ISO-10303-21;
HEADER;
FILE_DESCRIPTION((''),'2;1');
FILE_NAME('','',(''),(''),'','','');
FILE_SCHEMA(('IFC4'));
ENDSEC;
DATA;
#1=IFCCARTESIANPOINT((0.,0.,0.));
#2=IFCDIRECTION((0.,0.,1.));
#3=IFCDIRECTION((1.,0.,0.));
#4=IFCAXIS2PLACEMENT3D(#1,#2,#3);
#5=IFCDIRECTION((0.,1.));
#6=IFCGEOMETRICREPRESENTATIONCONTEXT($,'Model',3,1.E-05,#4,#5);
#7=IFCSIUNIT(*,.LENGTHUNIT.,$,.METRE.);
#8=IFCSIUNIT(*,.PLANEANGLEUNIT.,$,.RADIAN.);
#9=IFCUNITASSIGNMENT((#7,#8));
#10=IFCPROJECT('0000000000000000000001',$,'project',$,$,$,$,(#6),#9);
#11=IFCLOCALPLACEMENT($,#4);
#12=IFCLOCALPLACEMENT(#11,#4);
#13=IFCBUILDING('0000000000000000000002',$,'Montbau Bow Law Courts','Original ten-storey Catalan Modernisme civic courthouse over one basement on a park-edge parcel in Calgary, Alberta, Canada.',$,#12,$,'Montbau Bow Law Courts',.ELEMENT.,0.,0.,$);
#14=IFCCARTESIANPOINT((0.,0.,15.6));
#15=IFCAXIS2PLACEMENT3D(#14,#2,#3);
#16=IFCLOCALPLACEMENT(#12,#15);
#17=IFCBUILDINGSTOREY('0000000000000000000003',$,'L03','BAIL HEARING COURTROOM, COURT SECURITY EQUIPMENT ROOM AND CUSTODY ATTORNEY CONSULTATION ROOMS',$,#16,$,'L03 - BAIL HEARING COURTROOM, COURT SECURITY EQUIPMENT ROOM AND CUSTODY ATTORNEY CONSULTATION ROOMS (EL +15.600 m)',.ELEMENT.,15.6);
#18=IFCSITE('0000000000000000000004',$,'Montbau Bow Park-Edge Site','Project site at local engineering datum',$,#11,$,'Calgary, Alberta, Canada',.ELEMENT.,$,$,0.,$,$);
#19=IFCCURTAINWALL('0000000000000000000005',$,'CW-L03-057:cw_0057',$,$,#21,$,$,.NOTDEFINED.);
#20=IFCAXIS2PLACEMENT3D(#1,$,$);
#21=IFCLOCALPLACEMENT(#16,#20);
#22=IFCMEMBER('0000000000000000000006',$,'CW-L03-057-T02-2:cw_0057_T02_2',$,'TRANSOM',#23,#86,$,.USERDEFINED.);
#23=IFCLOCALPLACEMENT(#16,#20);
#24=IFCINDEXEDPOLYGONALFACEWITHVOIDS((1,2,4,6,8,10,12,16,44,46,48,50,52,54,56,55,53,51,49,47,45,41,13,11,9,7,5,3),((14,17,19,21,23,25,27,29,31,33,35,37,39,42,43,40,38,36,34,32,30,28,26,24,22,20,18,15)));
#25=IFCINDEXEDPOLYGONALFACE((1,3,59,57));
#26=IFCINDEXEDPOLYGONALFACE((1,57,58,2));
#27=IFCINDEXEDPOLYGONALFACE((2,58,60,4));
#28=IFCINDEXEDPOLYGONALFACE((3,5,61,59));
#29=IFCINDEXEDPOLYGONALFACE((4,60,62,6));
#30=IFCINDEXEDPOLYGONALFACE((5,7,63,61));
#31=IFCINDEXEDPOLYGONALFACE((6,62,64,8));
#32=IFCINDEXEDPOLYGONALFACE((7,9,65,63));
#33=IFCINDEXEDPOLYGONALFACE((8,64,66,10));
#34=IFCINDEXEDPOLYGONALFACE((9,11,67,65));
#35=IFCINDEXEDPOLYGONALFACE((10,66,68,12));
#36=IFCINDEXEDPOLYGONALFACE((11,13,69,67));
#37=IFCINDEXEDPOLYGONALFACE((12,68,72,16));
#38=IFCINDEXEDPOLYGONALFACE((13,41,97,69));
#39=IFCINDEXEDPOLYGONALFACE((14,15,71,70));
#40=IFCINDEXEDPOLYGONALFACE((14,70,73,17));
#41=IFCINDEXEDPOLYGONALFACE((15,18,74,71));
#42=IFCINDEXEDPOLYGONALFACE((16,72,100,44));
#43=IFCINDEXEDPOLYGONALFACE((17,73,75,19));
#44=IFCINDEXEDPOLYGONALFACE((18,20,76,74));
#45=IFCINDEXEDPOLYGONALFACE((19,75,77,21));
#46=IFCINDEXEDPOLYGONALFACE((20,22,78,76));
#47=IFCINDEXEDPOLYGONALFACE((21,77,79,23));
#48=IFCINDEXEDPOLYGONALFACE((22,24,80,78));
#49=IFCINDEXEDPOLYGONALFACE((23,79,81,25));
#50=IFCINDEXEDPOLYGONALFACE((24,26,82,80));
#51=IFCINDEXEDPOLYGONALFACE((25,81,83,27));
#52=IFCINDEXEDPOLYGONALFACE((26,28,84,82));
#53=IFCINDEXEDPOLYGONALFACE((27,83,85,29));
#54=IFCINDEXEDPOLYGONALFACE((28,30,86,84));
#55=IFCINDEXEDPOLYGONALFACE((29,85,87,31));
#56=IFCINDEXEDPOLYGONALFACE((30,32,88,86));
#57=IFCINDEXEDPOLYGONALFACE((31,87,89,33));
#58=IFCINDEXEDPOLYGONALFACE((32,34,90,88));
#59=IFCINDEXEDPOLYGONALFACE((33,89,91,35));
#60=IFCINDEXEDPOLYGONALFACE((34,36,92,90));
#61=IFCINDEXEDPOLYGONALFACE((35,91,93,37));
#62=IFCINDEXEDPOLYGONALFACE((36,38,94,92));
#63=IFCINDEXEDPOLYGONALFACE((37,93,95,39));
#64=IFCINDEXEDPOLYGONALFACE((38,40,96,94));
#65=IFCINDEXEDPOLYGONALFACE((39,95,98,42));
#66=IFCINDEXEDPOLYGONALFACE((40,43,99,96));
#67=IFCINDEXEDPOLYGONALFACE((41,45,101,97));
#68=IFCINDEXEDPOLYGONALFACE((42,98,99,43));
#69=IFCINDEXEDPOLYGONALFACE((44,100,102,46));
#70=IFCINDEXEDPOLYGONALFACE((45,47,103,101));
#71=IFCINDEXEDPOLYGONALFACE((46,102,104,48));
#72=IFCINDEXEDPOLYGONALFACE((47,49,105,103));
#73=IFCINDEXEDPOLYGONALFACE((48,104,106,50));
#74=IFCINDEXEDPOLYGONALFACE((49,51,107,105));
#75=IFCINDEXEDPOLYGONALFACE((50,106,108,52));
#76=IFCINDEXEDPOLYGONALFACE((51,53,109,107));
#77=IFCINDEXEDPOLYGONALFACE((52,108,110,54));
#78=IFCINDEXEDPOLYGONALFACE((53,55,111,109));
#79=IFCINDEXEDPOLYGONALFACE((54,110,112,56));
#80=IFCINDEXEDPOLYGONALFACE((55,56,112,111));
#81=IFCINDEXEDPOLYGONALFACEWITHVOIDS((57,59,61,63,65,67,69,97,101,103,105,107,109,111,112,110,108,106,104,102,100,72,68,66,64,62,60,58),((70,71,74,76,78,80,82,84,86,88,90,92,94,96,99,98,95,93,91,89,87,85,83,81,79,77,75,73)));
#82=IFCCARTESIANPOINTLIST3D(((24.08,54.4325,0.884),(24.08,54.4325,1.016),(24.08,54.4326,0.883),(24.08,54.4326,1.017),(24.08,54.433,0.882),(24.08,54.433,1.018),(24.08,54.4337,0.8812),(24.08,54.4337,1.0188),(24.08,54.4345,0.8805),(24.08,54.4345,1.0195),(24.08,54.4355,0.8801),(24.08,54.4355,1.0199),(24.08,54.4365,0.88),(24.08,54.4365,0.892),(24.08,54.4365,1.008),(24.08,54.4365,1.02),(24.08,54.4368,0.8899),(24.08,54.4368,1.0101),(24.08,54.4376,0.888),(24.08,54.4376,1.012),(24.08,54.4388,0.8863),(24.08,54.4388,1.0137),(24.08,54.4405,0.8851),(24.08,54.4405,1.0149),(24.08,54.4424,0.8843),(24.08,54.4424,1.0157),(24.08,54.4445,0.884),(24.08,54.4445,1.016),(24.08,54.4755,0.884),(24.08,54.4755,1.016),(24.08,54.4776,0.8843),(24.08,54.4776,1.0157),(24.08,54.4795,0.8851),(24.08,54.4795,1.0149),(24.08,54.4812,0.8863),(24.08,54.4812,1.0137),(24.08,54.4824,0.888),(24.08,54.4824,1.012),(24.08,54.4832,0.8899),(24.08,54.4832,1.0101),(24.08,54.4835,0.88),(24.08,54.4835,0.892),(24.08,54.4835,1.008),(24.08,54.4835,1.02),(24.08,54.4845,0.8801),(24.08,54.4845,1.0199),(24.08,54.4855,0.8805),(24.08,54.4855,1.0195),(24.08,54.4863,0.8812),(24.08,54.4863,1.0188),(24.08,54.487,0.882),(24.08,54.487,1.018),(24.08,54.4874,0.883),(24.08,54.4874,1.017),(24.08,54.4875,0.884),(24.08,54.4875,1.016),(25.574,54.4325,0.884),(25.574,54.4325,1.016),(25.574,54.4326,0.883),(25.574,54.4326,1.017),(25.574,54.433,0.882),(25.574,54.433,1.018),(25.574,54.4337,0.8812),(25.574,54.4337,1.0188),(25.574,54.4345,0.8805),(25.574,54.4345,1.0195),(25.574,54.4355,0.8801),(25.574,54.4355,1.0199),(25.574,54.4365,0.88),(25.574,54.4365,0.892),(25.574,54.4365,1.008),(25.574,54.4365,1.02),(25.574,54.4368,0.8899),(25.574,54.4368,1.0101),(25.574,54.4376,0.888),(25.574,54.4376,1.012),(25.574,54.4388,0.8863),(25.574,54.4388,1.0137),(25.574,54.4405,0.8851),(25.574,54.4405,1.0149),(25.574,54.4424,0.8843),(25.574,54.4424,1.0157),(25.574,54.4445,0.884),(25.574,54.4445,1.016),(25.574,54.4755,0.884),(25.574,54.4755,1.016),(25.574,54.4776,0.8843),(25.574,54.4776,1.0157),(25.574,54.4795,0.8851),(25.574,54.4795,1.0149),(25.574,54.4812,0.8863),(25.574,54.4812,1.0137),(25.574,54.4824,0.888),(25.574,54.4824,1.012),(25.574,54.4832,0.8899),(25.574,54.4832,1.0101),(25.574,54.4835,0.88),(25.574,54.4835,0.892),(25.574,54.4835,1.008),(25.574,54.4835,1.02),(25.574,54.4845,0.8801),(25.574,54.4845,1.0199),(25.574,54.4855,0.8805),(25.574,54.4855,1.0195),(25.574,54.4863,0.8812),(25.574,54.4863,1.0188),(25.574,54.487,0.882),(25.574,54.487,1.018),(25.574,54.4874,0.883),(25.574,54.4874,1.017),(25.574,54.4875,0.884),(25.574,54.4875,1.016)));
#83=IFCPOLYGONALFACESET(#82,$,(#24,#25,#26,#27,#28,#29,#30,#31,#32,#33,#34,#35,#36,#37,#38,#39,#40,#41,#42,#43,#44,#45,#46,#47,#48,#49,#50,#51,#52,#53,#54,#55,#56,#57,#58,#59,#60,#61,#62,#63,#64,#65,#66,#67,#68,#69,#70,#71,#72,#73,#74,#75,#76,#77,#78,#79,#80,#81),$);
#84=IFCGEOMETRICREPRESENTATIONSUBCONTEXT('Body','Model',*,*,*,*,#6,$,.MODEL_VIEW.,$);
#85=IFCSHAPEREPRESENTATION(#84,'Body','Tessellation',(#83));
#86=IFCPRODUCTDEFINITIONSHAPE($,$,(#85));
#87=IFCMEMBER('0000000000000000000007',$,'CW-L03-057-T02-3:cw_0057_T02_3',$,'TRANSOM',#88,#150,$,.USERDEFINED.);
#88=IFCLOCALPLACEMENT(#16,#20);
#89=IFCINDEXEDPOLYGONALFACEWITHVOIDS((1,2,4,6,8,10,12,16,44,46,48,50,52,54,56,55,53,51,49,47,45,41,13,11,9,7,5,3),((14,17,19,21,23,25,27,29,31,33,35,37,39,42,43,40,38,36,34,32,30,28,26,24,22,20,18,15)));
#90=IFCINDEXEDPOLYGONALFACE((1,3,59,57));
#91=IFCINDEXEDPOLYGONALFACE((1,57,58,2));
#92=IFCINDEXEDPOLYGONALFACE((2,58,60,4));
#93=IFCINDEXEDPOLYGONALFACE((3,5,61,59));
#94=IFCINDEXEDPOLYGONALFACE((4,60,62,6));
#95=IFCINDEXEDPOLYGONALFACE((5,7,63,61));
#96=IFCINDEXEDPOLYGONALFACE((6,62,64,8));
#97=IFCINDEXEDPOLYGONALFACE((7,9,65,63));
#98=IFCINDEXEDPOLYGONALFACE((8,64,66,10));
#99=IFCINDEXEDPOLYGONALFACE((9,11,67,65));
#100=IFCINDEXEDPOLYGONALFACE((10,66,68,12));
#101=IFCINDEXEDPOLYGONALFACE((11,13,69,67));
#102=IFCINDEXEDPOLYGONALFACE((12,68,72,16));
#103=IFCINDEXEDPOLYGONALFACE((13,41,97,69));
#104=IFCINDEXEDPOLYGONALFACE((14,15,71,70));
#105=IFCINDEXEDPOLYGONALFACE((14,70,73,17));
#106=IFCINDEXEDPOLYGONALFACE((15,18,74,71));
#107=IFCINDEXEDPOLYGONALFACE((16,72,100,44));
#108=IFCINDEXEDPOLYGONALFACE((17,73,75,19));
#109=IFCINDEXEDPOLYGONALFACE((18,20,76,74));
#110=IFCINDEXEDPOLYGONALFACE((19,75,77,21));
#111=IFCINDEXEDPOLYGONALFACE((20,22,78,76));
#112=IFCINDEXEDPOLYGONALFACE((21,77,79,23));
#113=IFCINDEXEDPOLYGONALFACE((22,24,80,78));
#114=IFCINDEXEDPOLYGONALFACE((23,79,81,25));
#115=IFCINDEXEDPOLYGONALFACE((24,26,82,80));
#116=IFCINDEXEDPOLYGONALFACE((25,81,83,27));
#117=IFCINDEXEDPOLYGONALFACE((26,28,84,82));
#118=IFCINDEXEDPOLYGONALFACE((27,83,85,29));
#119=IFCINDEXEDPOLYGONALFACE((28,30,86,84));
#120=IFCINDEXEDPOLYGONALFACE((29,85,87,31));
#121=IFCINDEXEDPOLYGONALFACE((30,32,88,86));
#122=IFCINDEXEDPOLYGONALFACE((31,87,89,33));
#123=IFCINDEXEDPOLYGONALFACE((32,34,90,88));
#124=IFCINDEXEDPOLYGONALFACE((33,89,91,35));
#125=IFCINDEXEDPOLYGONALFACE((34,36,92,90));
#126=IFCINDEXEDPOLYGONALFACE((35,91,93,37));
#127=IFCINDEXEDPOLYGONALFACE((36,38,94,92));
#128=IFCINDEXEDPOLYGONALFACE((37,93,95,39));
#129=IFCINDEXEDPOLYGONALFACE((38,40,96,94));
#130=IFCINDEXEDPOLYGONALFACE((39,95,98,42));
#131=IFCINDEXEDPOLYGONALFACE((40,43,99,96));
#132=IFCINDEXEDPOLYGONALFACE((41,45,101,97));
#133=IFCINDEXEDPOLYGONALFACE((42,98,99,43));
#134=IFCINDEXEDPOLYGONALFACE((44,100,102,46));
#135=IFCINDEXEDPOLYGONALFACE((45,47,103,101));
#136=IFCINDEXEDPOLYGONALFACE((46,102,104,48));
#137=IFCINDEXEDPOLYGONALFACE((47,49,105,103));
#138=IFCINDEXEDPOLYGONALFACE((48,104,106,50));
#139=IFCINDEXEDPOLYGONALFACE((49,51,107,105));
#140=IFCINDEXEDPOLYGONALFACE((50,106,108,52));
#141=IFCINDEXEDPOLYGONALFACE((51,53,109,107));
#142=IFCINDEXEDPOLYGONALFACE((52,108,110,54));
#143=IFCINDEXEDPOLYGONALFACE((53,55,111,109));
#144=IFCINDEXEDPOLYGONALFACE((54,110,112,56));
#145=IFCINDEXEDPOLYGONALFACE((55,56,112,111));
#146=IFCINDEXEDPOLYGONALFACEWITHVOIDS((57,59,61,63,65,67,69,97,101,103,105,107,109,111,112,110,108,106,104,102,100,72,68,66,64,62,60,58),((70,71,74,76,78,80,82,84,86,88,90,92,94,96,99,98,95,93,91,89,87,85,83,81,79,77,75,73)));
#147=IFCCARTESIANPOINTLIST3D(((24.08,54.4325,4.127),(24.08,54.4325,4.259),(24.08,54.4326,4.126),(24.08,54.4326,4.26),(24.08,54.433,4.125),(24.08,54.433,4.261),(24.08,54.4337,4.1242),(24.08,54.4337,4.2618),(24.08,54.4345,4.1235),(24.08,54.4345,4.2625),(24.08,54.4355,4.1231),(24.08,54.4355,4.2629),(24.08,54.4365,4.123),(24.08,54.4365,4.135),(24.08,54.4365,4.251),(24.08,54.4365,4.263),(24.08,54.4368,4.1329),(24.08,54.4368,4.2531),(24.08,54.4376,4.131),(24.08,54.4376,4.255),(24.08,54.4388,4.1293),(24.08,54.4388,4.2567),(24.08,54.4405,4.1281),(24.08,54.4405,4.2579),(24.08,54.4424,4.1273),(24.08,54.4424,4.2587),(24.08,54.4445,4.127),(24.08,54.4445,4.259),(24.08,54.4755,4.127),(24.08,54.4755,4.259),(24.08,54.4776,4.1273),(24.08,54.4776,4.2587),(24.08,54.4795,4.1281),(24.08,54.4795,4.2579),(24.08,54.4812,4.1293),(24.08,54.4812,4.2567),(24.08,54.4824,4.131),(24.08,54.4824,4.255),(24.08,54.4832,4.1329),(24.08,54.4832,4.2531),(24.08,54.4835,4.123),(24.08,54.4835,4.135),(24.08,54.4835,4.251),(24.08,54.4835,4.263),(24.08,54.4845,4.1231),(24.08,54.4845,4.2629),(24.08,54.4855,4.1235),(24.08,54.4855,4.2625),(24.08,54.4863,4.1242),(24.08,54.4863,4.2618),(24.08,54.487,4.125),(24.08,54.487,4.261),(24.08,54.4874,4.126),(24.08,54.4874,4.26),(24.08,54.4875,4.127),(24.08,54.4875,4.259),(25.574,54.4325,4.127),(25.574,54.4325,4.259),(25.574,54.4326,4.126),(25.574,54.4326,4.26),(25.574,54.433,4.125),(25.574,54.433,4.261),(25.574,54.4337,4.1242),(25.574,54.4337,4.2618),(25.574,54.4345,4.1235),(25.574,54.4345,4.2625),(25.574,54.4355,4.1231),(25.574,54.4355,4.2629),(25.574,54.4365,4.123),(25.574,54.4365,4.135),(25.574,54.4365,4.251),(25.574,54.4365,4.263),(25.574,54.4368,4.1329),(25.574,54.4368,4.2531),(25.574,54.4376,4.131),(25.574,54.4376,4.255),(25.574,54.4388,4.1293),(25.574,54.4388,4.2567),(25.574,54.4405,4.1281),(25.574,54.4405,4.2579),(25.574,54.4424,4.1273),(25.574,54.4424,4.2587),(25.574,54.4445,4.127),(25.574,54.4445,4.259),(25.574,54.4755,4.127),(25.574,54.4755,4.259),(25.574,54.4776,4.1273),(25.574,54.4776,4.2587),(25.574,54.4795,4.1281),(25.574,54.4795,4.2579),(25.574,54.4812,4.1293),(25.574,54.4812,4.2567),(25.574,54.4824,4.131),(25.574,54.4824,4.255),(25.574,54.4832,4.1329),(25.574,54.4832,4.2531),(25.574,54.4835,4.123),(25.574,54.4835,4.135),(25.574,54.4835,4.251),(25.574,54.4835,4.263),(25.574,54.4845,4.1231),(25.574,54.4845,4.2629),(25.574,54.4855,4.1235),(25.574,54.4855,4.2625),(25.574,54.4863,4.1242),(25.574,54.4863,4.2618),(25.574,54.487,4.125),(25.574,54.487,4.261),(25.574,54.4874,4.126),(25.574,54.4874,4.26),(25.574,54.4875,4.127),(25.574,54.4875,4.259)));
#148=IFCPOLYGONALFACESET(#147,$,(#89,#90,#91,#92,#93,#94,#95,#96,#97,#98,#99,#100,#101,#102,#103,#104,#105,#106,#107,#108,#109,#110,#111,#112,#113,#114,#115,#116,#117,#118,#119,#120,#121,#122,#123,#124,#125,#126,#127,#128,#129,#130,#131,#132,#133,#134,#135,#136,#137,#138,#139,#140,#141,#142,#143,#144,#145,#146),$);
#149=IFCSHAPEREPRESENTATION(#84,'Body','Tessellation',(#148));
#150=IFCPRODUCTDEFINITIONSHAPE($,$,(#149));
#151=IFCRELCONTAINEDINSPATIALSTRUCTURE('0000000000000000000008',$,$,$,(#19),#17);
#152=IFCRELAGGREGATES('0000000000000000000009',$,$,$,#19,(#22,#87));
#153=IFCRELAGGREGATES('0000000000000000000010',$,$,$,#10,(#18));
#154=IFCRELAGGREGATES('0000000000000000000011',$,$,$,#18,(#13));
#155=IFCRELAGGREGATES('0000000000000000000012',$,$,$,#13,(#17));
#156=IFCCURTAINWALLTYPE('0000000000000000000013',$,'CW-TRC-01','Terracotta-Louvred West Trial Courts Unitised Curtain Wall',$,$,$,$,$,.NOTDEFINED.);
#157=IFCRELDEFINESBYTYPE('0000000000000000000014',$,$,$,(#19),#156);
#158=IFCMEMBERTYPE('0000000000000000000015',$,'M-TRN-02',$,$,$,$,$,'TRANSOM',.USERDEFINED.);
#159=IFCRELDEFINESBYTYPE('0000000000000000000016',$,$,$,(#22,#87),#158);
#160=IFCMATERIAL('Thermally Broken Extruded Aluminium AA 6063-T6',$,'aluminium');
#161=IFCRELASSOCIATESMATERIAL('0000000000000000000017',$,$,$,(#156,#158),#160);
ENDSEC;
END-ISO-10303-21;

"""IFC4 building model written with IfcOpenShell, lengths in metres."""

from ifc_helpers import new_model, si_unit, direction, frame, origin_with_axes, origin_2d_with_axis, place, context, subcontext, project, spatial, hollow_rectangle, extrude, material, material_profile, profile_set, type_object, element, aggregate, save


model = new_model("IFC4")

# Units and contexts
model_context = context("Model", 3, precision=1e-05, world=origin_with_axes(), true_north=direction((0.0, 1.0)))
body_context = subcontext(model_context, "Body", "Model", "MODEL_VIEW")
ifc_project = project(units=[si_unit("LENGTHUNIT", "METRE"), si_unit("PLANEANGLEUNIT", "RADIAN")], contexts=[model_context])

# Site, building, storey
site_placement = place(None, origin_with_axes())
site = spatial("IfcSite", under=ifc_project, at=site_placement, Name="Montbau Bow Park-Edge Site", Description="Project site at local engineering datum", LongName="Calgary, Alberta, Canada", CompositionType="ELEMENT", RefElevation=0.0)
building_placement = place(site_placement, origin_with_axes())
building = spatial("IfcBuilding", under=site, at=building_placement, Name="Montbau Bow Law Courts", Description="Original ten-storey Catalan Modernisme civic courthouse over one basement on a park-edge parcel in Calgary, Alberta, Canada.", LongName="Montbau Bow Law Courts", CompositionType="ELEMENT", ElevationOfRefHeight=0.0, ElevationOfTerrain=0.0)
storey_placement = place(building_placement, frame((0.0, 0.0, 15.6), z_axis=(0.0, 0.0, 1.0), x_axis=(1.0, 0.0, 0.0)))
storey = spatial("IfcBuildingStorey", under=building, at=storey_placement, Name="L03", Description="BAIL HEARING COURTROOM, COURT SECURITY EQUIPMENT ROOM AND CUSTODY ATTORNEY CONSULTATION ROOMS", LongName="L03 - BAIL HEARING COURTROOM, COURT SECURITY EQUIPMENT ROOM AND CUSTODY ATTORNEY CONSULTATION ROOMS (EL +15.600 m)", CompositionType="ELEMENT", Elevation=15.6)

# Curtain wall
ifc_material_1 = material(Name="Thermally Broken Extruded Aluminium AA 6063-T6", Category="aluminium")
curtain_wall_type = type_object("IfcCurtainWallType", Name="CW-TRC-01", Description="Terracotta-Louvred West Trial Courts Unitised Curtain Wall", PredefinedType="NOTDEFINED", material=ifc_material_1)
curtain_wall_1_placement = place(None, frame((22.467, 54.46, 15.6), z_axis=(0.0, 0.0, 1.0), x_axis=(1.0, 0.0, 0.0)))
curtain_wall_1 = element("IfcCurtainWall", 1, at=curtain_wall_1_placement, inside=storey, type_object=curtain_wall_type, Name="CW-L03-057:cw_0057", PredefinedType="NOTDEFINED")

# Members
ifc_material_profile_1 = material_profile(ifc_material_1, hollow_rectangle(XDim=0.055, YDim=0.14, WallThickness=0.004, InnerFilletRadius=0.008, OuterFilletRadius=0.004, at=origin_2d_with_axis()), Name="CWT-140X55", Category="Main", Priority=0)
ifc_profile_set_1 = profile_set([ifc_material_profile_1], Name="Thermally Broken Extruded Aluminium AA 6063-T6")
member_type_1 = type_object("IfcMemberType", Name="M-TRN-02", ElementType="TRANSOM", PredefinedType="USERDEFINED", material=ifc_profile_set_1)
member_1_placement = place(None, frame((24.08, 54.46, 16.55), z_axis=(1.0, 0.0, 0.0), x_axis=(0.0, 1.0, 0.0)))
member_1 = element("IfcMember", 2, at=member_1_placement, type_object=member_type_1, Name="CW-L03-057-T02-2:cw_0057_T02_2", ObjectType="TRANSOM", PredefinedType="USERDEFINED", context=body_context, shape_type="SweptSolid", body=[
    extrude(hollow_rectangle(XDim=0.055, YDim=0.14, WallThickness=0.004, InnerFilletRadius=0.008, OuterFilletRadius=0.004, at=origin_2d_with_axis()), origin_with_axes(), (0.0, 0.0, 1.0), 1.494),
])
member_2_placement = place(None, frame((24.08, 54.46, 19.793), z_axis=(1.0, 0.0, 0.0), x_axis=(0.0, 1.0, 0.0)))
member_2 = element("IfcMember", 3, at=member_2_placement, type_object=member_type_1, Name="CW-L03-057-T02-3:cw_0057_T02_3", ObjectType="TRANSOM", PredefinedType="USERDEFINED", context=body_context, shape_type="SweptSolid", body=[
    extrude(hollow_rectangle(XDim=0.055, YDim=0.14, WallThickness=0.004, InnerFilletRadius=0.008, OuterFilletRadius=0.004, at=origin_2d_with_axis()), origin_with_axes(), (0.0, 0.0, 1.0), 1.494),
])

aggregate(curtain_wall_1, [member_1, member_2])

save(model, "model.ifc")
